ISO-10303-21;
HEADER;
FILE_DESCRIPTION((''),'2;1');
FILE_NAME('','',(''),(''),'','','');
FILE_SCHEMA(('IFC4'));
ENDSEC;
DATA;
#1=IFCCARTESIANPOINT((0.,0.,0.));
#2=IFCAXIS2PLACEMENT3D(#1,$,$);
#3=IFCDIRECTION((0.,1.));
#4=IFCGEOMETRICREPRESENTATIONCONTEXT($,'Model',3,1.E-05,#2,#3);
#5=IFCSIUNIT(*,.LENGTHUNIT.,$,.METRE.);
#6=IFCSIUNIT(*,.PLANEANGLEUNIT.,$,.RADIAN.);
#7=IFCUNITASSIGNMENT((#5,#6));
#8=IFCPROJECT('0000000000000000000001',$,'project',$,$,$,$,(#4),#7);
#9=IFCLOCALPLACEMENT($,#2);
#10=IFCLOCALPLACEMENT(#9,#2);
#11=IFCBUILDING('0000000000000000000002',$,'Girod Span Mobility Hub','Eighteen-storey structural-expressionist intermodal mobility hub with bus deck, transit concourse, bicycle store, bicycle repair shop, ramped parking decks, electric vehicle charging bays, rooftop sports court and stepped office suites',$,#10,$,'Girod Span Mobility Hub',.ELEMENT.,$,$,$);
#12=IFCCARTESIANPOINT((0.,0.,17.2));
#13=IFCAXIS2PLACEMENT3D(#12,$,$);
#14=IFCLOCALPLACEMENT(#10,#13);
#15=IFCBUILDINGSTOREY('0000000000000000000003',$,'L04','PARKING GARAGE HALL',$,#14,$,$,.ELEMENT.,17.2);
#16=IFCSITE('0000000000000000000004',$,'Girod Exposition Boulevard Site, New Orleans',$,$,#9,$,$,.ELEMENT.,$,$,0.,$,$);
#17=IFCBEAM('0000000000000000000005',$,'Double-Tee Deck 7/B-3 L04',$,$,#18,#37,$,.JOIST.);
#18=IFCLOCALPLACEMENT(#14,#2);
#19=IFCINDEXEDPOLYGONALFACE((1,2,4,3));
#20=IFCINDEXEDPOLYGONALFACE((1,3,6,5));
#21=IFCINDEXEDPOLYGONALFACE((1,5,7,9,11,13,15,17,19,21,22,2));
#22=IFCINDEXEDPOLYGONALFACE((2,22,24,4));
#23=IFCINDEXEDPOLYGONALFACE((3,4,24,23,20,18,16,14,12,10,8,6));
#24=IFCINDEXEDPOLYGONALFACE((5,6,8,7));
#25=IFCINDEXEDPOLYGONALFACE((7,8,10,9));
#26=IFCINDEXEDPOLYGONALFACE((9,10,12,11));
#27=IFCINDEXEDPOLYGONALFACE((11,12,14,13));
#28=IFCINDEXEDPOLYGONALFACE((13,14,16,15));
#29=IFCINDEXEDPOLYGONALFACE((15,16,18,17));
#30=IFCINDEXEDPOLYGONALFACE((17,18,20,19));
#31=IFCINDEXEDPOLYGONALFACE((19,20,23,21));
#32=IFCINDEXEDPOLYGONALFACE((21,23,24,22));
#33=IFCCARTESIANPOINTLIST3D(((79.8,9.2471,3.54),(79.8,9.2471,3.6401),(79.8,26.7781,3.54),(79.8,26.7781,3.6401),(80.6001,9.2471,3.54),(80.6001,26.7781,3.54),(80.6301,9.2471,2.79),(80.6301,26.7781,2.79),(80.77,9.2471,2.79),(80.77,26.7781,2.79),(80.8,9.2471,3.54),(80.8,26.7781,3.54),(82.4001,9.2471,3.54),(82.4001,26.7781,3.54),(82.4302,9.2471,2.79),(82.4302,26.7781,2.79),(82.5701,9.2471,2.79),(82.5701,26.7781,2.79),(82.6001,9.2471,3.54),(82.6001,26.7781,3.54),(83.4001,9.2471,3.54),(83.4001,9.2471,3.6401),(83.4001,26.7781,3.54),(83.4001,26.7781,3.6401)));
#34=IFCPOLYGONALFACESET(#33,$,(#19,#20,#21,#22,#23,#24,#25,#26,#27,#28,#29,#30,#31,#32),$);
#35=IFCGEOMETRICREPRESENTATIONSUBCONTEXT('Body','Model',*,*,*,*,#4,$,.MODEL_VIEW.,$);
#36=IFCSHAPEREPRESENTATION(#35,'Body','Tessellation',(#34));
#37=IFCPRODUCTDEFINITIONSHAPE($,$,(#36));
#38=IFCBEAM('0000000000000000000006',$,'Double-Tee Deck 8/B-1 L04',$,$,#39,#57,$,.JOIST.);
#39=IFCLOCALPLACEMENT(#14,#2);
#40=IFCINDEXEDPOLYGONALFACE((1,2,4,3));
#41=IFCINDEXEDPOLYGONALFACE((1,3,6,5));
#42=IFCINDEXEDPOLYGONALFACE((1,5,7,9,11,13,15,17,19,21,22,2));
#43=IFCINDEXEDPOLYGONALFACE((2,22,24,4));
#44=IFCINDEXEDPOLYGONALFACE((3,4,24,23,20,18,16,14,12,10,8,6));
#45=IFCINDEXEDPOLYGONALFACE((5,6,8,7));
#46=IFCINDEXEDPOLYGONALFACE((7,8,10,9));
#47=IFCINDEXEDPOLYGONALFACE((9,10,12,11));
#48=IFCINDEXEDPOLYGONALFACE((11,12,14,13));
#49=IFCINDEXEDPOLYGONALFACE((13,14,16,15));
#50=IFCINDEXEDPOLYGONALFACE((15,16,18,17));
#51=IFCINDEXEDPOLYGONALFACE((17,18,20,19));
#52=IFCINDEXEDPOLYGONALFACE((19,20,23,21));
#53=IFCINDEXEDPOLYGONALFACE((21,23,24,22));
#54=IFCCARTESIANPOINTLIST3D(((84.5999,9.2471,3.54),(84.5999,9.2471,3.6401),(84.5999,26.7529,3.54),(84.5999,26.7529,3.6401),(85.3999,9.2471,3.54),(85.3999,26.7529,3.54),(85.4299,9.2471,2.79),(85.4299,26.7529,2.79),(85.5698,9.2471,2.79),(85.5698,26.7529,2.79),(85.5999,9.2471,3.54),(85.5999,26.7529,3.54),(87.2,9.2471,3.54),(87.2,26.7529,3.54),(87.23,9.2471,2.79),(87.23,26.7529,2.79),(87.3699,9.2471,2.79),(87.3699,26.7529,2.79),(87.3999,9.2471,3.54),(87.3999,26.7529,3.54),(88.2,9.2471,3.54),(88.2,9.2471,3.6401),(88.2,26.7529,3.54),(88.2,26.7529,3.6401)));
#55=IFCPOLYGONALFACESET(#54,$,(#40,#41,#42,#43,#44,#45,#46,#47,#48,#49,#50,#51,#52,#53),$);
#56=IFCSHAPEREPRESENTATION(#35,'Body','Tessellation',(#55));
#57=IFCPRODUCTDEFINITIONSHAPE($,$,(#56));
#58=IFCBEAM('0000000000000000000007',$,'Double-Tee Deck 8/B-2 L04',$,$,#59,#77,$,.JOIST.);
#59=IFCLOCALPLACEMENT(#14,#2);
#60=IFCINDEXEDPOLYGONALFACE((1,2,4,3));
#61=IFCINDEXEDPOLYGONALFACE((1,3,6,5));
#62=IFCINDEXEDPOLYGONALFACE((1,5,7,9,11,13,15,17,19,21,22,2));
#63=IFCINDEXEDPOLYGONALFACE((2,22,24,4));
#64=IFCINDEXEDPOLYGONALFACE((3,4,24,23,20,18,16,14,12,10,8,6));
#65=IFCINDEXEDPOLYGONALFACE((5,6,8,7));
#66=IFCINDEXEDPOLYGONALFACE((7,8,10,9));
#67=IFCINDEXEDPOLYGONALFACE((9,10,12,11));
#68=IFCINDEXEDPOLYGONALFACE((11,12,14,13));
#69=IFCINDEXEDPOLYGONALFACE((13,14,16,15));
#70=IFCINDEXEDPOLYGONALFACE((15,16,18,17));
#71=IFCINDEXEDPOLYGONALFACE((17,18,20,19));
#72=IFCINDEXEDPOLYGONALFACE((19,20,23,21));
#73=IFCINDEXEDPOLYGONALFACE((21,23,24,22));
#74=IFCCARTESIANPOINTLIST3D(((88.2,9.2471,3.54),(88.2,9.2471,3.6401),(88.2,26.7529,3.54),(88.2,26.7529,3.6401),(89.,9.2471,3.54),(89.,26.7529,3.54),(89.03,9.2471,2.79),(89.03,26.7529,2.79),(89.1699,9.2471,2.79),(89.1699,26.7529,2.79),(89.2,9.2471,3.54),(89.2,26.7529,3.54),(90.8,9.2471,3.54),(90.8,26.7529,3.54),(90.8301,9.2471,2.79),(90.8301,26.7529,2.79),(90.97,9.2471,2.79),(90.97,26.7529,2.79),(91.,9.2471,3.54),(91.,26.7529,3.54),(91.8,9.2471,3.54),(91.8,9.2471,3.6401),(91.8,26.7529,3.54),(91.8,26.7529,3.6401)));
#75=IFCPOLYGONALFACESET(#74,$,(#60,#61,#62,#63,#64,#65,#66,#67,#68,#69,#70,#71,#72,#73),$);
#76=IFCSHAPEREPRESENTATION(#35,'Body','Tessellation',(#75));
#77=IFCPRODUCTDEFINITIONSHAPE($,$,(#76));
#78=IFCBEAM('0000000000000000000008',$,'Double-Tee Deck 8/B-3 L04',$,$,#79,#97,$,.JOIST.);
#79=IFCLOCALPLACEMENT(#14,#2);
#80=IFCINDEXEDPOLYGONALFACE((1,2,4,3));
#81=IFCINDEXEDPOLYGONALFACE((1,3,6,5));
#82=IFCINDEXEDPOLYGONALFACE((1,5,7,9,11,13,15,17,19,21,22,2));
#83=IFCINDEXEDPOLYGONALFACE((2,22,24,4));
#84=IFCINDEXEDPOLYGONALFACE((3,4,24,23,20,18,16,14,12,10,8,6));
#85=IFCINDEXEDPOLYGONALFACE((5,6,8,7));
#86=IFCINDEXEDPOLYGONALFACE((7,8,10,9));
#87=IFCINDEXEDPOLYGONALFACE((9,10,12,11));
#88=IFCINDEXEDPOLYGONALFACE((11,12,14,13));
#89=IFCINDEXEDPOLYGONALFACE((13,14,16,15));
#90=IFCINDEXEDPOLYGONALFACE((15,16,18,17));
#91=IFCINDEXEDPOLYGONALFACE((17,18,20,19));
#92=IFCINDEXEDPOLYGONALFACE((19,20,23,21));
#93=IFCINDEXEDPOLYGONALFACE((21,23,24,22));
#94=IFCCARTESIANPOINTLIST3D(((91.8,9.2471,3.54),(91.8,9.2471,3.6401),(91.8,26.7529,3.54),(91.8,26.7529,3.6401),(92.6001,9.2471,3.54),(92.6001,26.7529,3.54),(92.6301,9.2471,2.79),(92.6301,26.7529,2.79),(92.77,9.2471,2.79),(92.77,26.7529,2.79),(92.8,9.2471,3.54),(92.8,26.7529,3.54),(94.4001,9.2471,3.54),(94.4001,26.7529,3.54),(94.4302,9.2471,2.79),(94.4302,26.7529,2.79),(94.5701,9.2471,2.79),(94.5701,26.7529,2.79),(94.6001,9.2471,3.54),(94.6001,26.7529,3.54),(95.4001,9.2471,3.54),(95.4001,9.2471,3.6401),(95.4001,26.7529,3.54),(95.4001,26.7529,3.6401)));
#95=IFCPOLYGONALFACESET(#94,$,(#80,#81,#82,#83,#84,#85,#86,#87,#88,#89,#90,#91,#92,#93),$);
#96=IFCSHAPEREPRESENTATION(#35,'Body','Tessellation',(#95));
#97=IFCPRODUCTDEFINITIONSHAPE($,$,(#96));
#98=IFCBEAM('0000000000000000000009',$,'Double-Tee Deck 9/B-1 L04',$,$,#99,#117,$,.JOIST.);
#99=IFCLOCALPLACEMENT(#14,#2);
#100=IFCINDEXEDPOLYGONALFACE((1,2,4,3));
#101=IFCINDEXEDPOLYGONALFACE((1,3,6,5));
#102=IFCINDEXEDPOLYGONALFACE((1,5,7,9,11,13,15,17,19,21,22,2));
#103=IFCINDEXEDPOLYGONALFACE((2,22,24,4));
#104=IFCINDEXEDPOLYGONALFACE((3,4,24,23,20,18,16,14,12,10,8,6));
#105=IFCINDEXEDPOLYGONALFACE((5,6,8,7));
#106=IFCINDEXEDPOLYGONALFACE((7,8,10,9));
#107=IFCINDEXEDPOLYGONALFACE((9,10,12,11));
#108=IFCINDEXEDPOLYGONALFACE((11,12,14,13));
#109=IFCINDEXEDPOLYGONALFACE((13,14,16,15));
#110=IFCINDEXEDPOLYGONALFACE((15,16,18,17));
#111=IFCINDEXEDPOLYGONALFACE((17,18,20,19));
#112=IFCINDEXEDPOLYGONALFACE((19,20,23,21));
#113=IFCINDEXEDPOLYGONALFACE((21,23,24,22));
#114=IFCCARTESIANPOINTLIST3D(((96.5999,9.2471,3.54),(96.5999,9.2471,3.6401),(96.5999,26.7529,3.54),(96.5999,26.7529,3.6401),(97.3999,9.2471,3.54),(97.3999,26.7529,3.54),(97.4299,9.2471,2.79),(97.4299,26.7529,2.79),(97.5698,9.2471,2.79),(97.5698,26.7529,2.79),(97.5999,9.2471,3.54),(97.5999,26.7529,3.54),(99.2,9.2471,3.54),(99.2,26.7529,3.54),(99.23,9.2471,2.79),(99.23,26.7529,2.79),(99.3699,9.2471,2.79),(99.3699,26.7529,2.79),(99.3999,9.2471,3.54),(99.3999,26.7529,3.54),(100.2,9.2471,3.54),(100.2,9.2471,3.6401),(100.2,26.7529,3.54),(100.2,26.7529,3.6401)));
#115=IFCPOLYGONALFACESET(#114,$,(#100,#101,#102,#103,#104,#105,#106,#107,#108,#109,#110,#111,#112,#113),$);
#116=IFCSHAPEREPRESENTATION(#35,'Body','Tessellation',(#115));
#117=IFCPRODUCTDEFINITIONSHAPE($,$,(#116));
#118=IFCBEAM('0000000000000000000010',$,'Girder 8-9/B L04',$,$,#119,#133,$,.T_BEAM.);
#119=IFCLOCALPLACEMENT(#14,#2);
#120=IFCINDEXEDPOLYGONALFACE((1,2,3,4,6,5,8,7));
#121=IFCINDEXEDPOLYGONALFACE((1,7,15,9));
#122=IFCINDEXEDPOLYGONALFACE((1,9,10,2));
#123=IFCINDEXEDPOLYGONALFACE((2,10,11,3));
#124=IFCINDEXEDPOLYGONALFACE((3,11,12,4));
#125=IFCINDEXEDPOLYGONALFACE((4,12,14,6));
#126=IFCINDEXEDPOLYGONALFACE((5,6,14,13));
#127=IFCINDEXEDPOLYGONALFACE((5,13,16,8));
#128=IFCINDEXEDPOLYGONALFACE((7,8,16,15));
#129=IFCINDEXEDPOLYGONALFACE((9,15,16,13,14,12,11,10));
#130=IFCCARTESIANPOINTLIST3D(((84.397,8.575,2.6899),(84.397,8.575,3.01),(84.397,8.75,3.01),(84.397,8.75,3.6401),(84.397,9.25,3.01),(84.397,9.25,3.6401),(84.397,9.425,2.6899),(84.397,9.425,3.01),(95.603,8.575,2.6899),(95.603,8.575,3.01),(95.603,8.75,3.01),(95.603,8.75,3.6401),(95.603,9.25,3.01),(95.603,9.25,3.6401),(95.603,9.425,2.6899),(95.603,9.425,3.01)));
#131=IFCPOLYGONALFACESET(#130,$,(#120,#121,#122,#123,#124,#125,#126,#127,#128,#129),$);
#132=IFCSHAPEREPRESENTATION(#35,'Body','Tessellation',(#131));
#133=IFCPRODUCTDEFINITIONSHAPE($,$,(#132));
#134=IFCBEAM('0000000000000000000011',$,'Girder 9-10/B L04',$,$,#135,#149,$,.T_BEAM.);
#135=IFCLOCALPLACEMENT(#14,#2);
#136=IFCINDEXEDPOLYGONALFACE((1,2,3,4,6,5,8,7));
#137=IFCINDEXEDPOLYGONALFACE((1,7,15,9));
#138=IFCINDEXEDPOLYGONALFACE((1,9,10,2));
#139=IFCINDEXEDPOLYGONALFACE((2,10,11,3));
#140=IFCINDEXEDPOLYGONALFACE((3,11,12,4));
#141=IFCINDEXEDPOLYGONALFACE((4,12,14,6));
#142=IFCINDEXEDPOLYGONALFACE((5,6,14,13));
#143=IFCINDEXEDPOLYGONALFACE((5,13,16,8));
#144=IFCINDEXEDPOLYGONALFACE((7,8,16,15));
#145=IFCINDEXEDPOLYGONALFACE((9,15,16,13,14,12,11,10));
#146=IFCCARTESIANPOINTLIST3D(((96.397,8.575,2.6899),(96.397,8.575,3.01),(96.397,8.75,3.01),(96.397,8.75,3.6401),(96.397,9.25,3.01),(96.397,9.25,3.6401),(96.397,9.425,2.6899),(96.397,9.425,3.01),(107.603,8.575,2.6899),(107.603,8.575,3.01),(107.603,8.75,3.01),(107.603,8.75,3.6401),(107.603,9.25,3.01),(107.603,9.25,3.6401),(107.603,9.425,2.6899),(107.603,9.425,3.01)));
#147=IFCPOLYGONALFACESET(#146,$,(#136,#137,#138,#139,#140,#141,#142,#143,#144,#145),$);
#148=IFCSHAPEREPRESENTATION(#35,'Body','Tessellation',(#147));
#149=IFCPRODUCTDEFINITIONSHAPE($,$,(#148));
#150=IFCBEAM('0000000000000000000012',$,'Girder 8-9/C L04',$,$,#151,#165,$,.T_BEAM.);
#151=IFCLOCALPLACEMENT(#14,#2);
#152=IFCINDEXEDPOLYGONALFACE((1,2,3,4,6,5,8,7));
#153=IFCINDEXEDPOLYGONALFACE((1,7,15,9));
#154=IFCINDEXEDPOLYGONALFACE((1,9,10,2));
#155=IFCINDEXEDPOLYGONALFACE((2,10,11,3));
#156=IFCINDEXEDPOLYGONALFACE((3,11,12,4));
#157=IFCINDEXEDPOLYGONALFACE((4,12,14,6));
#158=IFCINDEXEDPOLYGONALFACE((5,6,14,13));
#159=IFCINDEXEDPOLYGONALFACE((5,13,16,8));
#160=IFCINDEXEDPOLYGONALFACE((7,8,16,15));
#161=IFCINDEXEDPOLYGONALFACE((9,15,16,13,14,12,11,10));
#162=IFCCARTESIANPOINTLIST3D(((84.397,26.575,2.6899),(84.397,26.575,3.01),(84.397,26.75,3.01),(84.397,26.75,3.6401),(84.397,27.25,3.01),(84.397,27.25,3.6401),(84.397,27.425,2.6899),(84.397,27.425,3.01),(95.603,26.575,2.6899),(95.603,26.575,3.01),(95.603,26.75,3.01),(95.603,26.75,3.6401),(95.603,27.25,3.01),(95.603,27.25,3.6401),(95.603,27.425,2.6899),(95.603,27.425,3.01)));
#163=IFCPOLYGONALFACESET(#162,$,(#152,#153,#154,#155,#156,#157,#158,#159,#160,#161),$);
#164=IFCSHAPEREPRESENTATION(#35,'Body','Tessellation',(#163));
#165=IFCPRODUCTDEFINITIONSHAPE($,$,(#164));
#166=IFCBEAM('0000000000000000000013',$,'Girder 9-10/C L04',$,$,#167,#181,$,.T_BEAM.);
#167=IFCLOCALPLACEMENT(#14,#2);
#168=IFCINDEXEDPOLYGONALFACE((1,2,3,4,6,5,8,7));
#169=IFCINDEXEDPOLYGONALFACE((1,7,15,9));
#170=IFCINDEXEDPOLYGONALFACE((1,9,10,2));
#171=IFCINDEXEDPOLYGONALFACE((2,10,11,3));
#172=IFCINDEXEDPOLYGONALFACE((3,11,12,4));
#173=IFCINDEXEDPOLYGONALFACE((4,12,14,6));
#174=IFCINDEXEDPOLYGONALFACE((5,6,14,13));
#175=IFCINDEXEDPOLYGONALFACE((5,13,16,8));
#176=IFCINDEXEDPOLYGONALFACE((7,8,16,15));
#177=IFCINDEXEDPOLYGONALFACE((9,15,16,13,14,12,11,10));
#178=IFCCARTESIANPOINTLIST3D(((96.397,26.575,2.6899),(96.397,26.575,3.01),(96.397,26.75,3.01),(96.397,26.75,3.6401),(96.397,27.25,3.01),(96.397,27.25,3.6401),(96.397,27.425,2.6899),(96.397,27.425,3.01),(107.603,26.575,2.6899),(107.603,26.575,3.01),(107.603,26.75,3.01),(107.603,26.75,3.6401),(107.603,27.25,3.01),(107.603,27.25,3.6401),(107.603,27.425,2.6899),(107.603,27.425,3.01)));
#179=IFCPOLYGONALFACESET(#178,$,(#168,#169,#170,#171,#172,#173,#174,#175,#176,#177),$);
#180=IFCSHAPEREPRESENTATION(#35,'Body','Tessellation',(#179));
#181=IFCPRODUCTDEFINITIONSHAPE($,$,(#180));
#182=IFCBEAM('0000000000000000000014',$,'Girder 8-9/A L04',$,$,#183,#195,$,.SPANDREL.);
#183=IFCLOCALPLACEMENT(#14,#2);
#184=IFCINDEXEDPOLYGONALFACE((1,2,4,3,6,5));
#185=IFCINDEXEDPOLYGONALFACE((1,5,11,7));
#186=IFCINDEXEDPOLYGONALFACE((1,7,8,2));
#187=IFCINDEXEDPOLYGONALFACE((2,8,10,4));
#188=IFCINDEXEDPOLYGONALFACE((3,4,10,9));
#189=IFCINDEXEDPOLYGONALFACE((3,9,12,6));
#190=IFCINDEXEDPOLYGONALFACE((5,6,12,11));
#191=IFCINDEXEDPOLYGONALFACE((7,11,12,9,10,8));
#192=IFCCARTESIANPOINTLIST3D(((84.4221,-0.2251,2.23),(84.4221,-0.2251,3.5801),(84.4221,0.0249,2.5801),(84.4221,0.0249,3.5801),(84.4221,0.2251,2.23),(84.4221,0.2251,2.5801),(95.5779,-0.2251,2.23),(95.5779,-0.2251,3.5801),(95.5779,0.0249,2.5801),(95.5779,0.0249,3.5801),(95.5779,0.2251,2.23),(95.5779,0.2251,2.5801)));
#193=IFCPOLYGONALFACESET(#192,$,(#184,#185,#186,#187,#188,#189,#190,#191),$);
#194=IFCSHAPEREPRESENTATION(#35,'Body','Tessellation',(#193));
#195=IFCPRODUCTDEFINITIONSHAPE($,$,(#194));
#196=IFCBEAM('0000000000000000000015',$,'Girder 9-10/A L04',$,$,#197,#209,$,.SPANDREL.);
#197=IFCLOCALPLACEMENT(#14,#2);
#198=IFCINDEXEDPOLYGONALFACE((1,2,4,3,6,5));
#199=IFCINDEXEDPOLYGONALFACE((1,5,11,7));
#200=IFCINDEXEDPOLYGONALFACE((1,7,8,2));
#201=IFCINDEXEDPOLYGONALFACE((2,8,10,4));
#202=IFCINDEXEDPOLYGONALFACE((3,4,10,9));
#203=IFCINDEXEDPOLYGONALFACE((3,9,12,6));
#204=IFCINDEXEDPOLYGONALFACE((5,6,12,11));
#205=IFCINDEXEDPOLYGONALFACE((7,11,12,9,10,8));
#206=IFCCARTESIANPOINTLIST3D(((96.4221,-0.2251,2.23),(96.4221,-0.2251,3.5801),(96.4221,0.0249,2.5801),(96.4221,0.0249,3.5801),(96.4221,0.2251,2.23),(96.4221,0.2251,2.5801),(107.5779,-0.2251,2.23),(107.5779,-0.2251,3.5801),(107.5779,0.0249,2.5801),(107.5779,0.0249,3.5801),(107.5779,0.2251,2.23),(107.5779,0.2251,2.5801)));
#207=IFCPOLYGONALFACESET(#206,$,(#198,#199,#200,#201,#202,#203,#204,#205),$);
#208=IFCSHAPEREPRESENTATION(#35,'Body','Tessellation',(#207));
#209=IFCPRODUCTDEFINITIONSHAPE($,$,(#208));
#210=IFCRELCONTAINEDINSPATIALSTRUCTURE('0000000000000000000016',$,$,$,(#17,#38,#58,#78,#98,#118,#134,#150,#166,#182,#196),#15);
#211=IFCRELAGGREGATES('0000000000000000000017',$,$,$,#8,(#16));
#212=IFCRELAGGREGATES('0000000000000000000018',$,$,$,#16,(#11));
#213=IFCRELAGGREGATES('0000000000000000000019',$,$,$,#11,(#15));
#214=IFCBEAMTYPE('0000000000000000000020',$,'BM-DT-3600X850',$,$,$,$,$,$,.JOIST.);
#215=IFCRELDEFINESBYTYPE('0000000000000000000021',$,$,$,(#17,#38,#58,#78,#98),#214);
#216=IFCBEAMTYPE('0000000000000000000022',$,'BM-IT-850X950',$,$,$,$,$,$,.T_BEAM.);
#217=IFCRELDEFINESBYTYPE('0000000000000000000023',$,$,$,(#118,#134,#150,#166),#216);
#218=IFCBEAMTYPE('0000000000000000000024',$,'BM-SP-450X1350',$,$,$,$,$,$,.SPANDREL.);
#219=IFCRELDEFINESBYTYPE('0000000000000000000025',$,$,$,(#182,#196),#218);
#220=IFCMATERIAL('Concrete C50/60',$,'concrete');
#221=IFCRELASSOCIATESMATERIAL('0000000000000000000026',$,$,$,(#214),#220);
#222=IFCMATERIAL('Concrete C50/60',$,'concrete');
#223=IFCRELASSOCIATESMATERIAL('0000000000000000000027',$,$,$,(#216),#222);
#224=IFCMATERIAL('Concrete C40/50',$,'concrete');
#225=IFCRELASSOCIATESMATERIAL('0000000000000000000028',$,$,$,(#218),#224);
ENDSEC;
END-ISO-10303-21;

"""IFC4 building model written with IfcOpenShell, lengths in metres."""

from ifc_helpers import new_model, si_unit, direction, frame, origin, place, context, subcontext, project, spatial, polyline, outline, extrude, material, material_profile, profile_set, type_object, element, save


model = new_model("IFC4")

# Units and contexts
model_context = context("Model", 3, precision=1e-05, world=origin(), true_north=direction((0.0, 1.0)))
body_context = subcontext(model_context, "Body", "Model", "MODEL_VIEW")
ifc_project = project(units=[si_unit("LENGTHUNIT", "METRE"), si_unit("PLANEANGLEUNIT", "RADIAN")], contexts=[model_context])

# Site, building, storey
site_placement = place(None, origin())
site = spatial("IfcSite", under=ifc_project, at=site_placement, Name="Girod Exposition Boulevard Site, New Orleans", CompositionType="ELEMENT", RefElevation=0.0)
building_placement = place(site_placement, origin())
building = spatial("IfcBuilding", under=site, at=building_placement, Name="Girod Span Mobility Hub", Description="Eighteen-storey structural-expressionist intermodal mobility hub with bus deck, transit concourse, bicycle store, bicycle repair shop, ramped parking decks, electric vehicle charging bays, rooftop sports court and stepped office suites", LongName="Girod Span Mobility Hub", CompositionType="ELEMENT")
storey_placement = place(building_placement, frame((0.0, 0.0, 17.2)))
storey = spatial("IfcBuildingStorey", under=building, at=storey_placement, Name="L04", Description="PARKING GARAGE HALL", CompositionType="ELEMENT", Elevation=17.2)

# Beams
ifc_material_1 = material(Name="Concrete C50/60", Category="concrete")
ifc_material_profile_1 = material_profile(ifc_material_1, outline(polyline([(-1.8, 0.425), (-1.8, 0.325), (-1.0, 0.325), (-0.97, -0.425), (-0.8301, -0.425), (-0.8, 0.325), (0.8, 0.325), (0.8301, -0.425), (0.97, -0.425), (1.0, 0.325), (1.8, 0.325), (1.8, 0.425), (-1.8, 0.425)])), Name="DT-3600X850")
ifc_profile_set_1 = profile_set([ifc_material_profile_1], Name="Concrete C50/60")
beam_type_1 = type_object("IfcBeamType", Name="BM-DT-3600X850", PredefinedType="JOIST", material=ifc_profile_set_1)
beam_1_placement = place(storey_placement, frame((81.6001, 9.2471, 3.2151), z_axis=(0.0, 1.0, 0.0), x_axis=(-1.0, 0.0, 0.0)))
element("IfcBeam", 1, at=beam_1_placement, inside=storey, type_object=beam_type_1, Name="Double-Tee Deck 7/B-3 L04", PredefinedType="JOIST", context=body_context, shape_type="SweptSolid", body=[
    extrude(outline(polyline([(-1.8, 0.425), (-1.8, 0.325), (-1.0, 0.325), (-0.97, -0.425), (-0.8301, -0.425), (-0.8, 0.325), (0.8, 0.325), (0.8301, -0.425), (0.97, -0.425), (1.0, 0.325), (1.8, 0.325), (1.8, 0.425), (-1.8, 0.425)])), origin(), (0.0, 0.0, 1.0), 17.531),
])
for number, where, z_axis, x_axis, name in (
    (2, (86.3999, 9.2471, 3.2151), (0.0, 1.0, 0.0), (-1.0, 0.0, 0.0), "Double-Tee Deck 8/B-1 L04"),
    (3, (90.0, 9.2471, 3.2151), (0.0, 1.0, 0.0), (-1.0, 0.0, 0.0), "Double-Tee Deck 8/B-2 L04"),
    (4, (93.6001, 9.2471, 3.2151), (0.0, 1.0, 0.0), (-1.0, 0.0, 0.0), "Double-Tee Deck 8/B-3 L04"),
    (5, (98.3999, 9.2471, 3.2151), (0.0, 1.0, 0.0), (-1.0, 0.0, 0.0), "Double-Tee Deck 9/B-1 L04"),
):
    element("IfcBeam", number, at=place(storey_placement, frame(where, z_axis=z_axis, x_axis=x_axis)), inside=storey, type_object=beam_type_1, Name=name, PredefinedType="JOIST", context=body_context, shape_type="SweptSolid", body=[
        extrude(outline(polyline([(-1.8, 0.425), (-1.8, 0.325), (-1.0, 0.325), (-0.97, -0.425), (-0.8301, -0.425), (-0.8, 0.325), (0.8, 0.325), (0.8301, -0.425), (0.97, -0.425), (1.0, 0.325), (1.8, 0.325), (1.8, 0.425), (-1.8, 0.425)])), origin(), (0.0, 0.0, 1.0), 17.5059),
    ])
ifc_material_2 = material(Name="Concrete C50/60", Category="concrete")
ifc_material_profile_2 = material_profile(ifc_material_2, outline(polyline([(-0.425, -0.4751), (0.425, -0.4751), (0.425, -0.155), (0.25, -0.155), (0.25, 0.4751), (-0.25, 0.4751), (-0.25, -0.155), (-0.425, -0.155), (-0.425, -0.4751)])), Name="IT-850X950")
ifc_profile_set_2 = profile_set([ifc_material_profile_2], Name="Concrete C50/60")
beam_type_2 = type_object("IfcBeamType", Name="BM-IT-850X950", PredefinedType="T_BEAM", material=ifc_profile_set_2)
for number, where, z_axis, x_axis, name in (
    (6, (84.397, 9.0, 3.165), (1.0, 0.0, 0.0), (0.0, 1.0, 0.0), "Girder 8-9/B L04"),
    (7, (96.397, 9.0, 3.165), (1.0, 0.0, 0.0), (0.0, 1.0, 0.0), "Girder 9-10/B L04"),
    (8, (84.397, 27.0, 3.165), (1.0, 0.0, 0.0), (0.0, 1.0, 0.0), "Girder 8-9/C L04"),
    (9, (96.397, 27.0, 3.165), (1.0, 0.0, 0.0), (0.0, 1.0, 0.0), "Girder 9-10/C L04"),
):
    element("IfcBeam", number, at=place(storey_placement, frame(where, z_axis=z_axis, x_axis=x_axis)), inside=storey, type_object=beam_type_2, Name=name, PredefinedType="T_BEAM", context=body_context, shape_type="SweptSolid", body=[
        extrude(outline(polyline([(-0.425, -0.4751), (0.425, -0.4751), (0.425, -0.155), (0.25, -0.155), (0.25, 0.4751), (-0.25, 0.4751), (-0.25, -0.155), (-0.425, -0.155), (-0.425, -0.4751)])), origin(), (0.0, 0.0, 1.0), 11.2061),
    ])
ifc_material_3 = material(Name="Concrete C40/50", Category="concrete")
ifc_material_profile_3 = material_profile(ifc_material_3, outline(polyline([(-0.2251, -0.675), (0.2251, -0.675), (0.2251, -0.325), (0.0249, -0.325), (0.0249, 0.675), (-0.2251, 0.675), (-0.2251, -0.675)])), Name="SP-450X1350")
ifc_profile_set_3 = profile_set([ifc_material_profile_3], Name="Concrete C40/50")
beam_type_3 = type_object("IfcBeamType", Name="BM-SP-450X1350", PredefinedType="SPANDREL", material=ifc_profile_set_3)
for number, where, z_axis, x_axis, name in (
    (10, (84.4221, 0.0, 2.905), (1.0, 0.0, 0.0), (0.0, 1.0, 0.0), "Girder 8-9/A L04"),
    (11, (96.4221, 0.0, 2.905), (1.0, 0.0, 0.0), (0.0, 1.0, 0.0), "Girder 9-10/A L04"),
):
    element("IfcBeam", number, at=place(storey_placement, frame(where, z_axis=z_axis, x_axis=x_axis)), inside=storey, type_object=beam_type_3, Name=name, PredefinedType="SPANDREL", context=body_context, shape_type="SweptSolid", body=[
        extrude(outline(polyline([(-0.2251, -0.675), (0.2251, -0.675), (0.2251, -0.325), (0.0249, -0.325), (0.0249, 0.675), (-0.2251, 0.675), (-0.2251, -0.675)])), origin(), (0.0, 0.0, 1.0), 11.1558),
    ])

save(model, "model.ifc")
